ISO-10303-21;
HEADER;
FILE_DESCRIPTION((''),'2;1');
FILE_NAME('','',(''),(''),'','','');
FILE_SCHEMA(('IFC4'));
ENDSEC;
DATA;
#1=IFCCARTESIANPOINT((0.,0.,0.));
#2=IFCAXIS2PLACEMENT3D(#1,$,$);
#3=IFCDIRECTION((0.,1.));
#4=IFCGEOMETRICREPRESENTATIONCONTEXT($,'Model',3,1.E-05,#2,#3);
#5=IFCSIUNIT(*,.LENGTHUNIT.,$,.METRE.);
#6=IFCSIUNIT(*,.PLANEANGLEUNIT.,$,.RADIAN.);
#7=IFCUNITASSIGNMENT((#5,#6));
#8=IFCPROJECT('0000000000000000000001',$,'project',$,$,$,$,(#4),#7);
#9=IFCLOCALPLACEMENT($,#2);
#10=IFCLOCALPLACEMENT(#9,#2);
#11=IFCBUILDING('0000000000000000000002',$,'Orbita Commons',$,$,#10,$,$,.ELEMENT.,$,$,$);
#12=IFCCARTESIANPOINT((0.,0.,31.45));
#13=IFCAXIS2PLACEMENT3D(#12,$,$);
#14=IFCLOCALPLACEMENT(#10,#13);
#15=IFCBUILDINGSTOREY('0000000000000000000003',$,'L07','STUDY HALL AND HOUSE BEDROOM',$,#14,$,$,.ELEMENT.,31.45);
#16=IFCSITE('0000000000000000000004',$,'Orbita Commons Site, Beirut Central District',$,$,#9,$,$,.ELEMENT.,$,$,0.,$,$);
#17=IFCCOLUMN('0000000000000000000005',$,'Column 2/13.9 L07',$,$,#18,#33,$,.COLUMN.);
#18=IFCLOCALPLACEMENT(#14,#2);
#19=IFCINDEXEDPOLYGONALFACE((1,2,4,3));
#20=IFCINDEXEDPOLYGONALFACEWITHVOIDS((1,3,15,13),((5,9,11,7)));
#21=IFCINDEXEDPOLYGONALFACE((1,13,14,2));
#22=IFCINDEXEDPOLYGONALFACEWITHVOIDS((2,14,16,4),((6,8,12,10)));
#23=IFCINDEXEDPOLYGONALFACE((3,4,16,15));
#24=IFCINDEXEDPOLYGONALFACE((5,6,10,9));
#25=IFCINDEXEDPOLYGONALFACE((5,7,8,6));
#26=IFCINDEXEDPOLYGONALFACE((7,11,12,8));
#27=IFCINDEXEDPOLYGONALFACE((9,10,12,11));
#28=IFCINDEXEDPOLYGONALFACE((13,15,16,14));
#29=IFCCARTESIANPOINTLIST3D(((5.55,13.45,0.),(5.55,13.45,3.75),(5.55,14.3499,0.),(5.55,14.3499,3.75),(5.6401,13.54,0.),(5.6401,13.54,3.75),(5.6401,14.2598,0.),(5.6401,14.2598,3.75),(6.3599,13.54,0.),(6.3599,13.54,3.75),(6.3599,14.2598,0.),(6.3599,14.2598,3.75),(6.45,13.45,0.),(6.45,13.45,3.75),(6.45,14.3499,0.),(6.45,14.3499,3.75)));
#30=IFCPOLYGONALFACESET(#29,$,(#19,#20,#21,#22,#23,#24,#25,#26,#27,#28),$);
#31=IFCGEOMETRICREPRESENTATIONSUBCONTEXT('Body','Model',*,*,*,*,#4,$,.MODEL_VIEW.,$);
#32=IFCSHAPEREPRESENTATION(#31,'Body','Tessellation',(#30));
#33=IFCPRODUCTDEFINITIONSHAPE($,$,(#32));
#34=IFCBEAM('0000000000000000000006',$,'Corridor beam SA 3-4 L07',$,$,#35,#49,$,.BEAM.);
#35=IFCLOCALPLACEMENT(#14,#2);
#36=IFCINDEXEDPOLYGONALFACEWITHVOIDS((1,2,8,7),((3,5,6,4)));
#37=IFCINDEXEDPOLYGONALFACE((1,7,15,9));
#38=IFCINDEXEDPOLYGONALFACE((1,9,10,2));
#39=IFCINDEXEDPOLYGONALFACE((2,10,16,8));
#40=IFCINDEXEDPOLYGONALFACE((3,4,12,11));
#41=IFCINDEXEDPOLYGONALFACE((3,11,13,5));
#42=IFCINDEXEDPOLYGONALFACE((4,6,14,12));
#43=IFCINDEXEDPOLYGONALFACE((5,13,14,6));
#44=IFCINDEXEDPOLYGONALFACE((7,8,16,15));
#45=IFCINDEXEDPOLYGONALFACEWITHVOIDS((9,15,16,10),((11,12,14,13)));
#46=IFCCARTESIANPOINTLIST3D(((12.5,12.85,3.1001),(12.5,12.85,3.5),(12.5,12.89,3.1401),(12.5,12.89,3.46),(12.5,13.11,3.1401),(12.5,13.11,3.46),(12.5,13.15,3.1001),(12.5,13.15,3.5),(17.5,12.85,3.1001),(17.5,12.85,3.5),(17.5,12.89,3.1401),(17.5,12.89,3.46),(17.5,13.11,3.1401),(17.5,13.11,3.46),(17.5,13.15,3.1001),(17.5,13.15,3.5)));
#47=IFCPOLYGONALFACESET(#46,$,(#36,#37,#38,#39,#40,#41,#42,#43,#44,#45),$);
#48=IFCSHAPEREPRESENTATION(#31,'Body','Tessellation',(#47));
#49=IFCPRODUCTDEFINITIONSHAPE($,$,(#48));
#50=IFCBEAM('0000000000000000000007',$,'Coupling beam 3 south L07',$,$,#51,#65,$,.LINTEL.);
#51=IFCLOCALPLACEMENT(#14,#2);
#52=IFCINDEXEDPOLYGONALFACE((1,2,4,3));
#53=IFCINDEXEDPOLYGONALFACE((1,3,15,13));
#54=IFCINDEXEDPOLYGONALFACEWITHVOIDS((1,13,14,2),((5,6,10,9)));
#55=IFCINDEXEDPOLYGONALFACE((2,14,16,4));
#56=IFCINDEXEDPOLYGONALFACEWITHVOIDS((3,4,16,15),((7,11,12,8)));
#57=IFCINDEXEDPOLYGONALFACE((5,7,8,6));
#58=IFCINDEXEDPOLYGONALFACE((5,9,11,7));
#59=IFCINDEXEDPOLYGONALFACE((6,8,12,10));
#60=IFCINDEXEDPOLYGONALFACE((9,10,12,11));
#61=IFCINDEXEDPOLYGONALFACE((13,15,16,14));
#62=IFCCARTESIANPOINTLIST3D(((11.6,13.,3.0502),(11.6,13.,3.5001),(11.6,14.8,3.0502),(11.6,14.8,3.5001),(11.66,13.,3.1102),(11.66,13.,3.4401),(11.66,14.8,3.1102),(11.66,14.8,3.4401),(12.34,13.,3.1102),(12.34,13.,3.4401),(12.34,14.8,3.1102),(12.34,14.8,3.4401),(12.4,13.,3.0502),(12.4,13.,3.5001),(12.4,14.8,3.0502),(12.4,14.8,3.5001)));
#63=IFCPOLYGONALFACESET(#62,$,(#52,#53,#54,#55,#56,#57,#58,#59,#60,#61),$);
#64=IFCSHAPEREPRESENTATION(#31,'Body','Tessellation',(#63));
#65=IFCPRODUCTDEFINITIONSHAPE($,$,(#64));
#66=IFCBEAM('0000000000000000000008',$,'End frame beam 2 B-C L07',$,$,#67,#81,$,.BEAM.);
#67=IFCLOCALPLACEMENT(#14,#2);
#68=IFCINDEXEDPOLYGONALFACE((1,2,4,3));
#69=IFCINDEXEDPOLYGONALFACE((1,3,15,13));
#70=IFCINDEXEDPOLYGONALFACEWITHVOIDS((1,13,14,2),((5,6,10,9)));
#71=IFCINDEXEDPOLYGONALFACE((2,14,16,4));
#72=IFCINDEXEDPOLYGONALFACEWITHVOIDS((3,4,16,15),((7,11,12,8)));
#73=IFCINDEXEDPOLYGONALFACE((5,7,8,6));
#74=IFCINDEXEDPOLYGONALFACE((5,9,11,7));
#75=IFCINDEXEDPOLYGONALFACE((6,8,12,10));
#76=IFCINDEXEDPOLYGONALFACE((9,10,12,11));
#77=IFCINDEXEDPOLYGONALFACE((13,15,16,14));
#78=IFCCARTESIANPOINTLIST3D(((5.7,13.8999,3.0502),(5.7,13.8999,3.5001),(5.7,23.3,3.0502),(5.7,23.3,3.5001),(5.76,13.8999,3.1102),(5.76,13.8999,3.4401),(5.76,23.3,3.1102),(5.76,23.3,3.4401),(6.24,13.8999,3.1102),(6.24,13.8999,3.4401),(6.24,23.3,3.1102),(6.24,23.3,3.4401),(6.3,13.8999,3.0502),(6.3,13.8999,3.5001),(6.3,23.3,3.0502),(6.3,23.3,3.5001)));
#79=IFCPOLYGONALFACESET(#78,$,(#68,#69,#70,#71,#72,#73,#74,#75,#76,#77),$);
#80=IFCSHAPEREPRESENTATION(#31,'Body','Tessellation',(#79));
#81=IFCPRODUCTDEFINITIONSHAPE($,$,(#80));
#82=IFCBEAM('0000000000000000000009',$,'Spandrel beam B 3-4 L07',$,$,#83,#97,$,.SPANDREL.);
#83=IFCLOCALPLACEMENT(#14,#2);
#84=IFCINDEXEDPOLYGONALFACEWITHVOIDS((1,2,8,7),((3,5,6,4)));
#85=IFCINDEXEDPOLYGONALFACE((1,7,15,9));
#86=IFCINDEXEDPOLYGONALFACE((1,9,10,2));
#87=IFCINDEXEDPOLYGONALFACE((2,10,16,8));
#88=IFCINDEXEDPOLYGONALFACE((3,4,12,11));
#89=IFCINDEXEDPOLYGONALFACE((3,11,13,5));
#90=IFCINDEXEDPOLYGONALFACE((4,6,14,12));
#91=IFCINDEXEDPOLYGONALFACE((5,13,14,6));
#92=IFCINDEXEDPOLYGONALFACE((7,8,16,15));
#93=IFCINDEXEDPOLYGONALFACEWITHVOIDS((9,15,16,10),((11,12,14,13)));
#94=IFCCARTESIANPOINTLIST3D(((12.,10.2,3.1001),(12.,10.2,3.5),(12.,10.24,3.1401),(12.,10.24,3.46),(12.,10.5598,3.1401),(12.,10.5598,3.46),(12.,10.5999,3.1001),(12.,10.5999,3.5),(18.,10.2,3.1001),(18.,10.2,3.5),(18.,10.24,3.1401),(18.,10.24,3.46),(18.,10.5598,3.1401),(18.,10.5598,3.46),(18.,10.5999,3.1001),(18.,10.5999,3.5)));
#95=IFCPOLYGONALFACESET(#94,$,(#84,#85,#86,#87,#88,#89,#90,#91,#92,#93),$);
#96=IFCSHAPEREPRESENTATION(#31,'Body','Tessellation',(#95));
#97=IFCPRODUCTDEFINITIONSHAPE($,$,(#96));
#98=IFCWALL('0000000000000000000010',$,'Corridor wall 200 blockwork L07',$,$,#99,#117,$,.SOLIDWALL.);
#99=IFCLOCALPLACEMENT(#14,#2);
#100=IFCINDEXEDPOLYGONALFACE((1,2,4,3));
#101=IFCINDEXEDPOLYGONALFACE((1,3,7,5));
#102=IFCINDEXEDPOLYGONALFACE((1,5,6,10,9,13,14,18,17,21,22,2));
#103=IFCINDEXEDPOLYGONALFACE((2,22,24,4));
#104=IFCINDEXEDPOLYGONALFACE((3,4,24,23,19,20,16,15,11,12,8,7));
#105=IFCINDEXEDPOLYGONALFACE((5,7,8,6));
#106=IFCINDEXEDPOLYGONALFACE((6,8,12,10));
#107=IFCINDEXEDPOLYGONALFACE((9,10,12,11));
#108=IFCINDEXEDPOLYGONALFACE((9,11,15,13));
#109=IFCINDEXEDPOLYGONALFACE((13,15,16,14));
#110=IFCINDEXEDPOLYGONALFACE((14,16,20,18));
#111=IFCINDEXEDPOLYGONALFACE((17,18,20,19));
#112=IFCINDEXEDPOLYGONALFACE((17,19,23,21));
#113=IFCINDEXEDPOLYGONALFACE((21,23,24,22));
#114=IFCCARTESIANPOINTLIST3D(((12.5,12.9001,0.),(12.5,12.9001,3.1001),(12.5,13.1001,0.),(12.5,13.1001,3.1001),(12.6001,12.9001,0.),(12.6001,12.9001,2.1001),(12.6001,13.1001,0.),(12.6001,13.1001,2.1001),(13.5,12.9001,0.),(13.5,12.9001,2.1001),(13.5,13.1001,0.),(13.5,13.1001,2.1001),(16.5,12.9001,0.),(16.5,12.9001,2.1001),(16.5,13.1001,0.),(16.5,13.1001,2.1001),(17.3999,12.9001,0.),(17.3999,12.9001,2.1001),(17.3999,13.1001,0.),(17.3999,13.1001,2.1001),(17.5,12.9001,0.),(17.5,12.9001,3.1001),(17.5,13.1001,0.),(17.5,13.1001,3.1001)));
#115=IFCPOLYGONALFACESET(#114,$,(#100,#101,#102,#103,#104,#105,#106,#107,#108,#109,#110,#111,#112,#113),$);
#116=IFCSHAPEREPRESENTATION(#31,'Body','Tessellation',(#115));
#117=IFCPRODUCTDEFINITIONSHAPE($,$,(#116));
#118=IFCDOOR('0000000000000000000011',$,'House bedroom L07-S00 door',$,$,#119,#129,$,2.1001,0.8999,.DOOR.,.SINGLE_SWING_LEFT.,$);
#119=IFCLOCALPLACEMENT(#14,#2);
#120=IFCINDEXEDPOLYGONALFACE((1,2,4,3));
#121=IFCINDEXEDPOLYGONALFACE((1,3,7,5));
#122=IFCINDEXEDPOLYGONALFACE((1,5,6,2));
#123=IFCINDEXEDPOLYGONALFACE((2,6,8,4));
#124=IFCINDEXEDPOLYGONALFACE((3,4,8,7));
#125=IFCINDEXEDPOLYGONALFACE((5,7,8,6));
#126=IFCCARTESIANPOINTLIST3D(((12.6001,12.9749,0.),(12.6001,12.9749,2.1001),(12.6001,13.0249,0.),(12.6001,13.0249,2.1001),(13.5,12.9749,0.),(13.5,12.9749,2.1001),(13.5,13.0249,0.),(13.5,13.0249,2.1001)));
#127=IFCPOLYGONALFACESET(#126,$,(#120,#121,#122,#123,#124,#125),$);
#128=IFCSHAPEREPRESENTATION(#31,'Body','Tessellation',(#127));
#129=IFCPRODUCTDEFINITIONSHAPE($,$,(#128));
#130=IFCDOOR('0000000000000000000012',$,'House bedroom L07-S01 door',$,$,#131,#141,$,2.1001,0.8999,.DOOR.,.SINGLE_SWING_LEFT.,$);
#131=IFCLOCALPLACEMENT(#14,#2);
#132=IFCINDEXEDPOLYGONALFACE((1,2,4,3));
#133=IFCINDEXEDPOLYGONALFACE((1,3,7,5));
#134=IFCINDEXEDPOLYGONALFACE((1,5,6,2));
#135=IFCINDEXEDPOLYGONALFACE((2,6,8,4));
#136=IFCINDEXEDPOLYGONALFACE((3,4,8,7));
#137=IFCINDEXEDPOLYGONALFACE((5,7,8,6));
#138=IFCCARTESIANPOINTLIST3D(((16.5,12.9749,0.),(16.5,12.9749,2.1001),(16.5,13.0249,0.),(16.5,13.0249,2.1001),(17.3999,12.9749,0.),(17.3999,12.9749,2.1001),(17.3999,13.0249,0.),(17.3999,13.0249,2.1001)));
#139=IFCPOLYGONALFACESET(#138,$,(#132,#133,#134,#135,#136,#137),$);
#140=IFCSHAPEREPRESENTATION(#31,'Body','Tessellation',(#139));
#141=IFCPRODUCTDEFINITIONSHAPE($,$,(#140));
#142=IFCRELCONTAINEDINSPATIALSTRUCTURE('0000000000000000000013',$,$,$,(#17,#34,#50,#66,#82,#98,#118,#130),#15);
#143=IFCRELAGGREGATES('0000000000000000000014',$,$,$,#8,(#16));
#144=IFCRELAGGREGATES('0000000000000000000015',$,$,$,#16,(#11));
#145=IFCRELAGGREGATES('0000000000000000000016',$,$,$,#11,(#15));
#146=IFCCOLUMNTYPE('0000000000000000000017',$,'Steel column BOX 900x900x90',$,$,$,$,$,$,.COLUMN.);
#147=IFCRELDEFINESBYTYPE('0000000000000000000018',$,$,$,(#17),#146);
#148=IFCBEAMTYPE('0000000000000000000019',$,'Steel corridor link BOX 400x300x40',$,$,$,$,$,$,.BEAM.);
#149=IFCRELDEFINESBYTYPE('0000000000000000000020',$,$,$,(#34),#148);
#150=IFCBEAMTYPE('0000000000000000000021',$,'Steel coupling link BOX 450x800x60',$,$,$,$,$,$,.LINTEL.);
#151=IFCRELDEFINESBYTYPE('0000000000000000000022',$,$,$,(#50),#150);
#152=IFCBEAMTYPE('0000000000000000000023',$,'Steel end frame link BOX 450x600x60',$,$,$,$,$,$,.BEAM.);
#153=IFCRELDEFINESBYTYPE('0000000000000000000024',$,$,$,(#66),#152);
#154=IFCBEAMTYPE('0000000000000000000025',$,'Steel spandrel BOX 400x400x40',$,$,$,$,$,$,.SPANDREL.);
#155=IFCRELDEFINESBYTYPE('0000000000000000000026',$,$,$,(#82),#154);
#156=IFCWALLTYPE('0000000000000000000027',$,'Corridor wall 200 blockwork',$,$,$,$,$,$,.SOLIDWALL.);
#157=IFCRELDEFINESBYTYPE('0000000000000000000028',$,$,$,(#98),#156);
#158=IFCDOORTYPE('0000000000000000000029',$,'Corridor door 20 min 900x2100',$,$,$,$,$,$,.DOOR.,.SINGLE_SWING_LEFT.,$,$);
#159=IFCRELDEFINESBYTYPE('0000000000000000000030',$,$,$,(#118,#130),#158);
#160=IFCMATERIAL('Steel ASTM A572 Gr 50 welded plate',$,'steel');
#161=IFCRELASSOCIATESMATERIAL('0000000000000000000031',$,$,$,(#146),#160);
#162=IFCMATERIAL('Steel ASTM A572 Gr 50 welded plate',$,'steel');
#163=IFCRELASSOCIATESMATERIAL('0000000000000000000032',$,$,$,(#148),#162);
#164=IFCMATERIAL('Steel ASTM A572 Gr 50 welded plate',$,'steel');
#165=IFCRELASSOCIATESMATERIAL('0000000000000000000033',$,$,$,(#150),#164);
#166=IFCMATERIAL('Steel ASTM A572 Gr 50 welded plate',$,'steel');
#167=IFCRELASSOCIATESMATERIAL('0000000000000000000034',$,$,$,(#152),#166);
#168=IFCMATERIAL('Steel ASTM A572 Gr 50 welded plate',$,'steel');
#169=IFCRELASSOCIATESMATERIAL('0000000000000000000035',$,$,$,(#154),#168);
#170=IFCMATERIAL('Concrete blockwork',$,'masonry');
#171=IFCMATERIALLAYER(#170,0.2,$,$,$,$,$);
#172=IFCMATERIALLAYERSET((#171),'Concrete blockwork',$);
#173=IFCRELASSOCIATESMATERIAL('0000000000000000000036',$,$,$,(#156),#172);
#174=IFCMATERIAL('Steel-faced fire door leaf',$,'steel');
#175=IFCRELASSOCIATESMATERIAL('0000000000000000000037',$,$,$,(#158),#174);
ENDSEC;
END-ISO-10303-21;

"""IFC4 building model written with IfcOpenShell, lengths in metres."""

from ifc_helpers import new_model, si_unit, direction, frame, frame_2d, origin, origin_2d, place, context, subcontext, project, spatial, polyline, rectangle, hollow_rectangle, outline, extrude, material, layer, layer_set, material_profile, profile_set, type_object, element, fill, save


model = new_model("IFC4")

# Units and contexts
model_context = context("Model", 3, precision=1e-05, world=origin(), true_north=direction((0.0, 1.0)))
body_context = subcontext(model_context, "Body", "Model", "MODEL_VIEW")
ifc_project = project(units=[si_unit("LENGTHUNIT", "METRE"), si_unit("PLANEANGLEUNIT", "RADIAN")], contexts=[model_context])

# Site, building, storey
site_placement = place(None, origin())
site = spatial("IfcSite", under=ifc_project, at=site_placement, Name="Orbita Commons Site, Beirut Central District", CompositionType="ELEMENT", RefElevation=0.0)
building_placement = place(site_placement, origin())
building = spatial("IfcBuilding", under=site, at=building_placement, Name="Orbita Commons", CompositionType="ELEMENT")
storey_placement = place(building_placement, frame((0.0, 0.0, 31.45)))
storey = spatial("IfcBuildingStorey", under=building, at=storey_placement, Name="L07", Description="STUDY HALL AND HOUSE BEDROOM", CompositionType="ELEMENT", Elevation=31.45)

# Column
ifc_material_1 = material(Name="Steel ASTM A572 Gr 50 welded plate", Category="steel")
ifc_material_profile_1 = material_profile(ifc_material_1, hollow_rectangle(XDim=0.8999, YDim=0.8999, WallThickness=0.0901, at=origin_2d()), Name="BOX 900x900x90")
ifc_profile_set_1 = profile_set([ifc_material_profile_1], Name="Steel ASTM A572 Gr 50 welded plate")
column_type = type_object("IfcColumnType", Name="Steel column BOX 900x900x90", PredefinedType="COLUMN", material=ifc_profile_set_1)
column_placement = place(storey_placement, frame((6.0, 13.8999, 0.0), z_axis=(0.0, 0.0, 1.0), x_axis=(1.0, 0.0, 0.0)))
element("IfcColumn", 1, at=column_placement, inside=storey, type_object=column_type, Name="Column 2/13.9 L07", PredefinedType="COLUMN", context=body_context, shape_type="SweptSolid", body=[
    extrude(hollow_rectangle(XDim=0.8999, YDim=0.8999, WallThickness=0.0901, at=origin_2d()), origin(), (0.0, 0.0, 1.0), 3.75),
])

# Beams
ifc_material_2 = material(Name="Steel ASTM A572 Gr 50 welded plate", Category="steel")
ifc_material_profile_2 = material_profile(ifc_material_2, hollow_rectangle(XDim=0.3, YDim=0.3999, WallThickness=0.04, at=origin_2d()), Name="BOX 400x300x40")
ifc_profile_set_2 = profile_set([ifc_material_profile_2], Name="Steel ASTM A572 Gr 50 welded plate")
beam_type_1 = type_object("IfcBeamType", Name="Steel corridor link BOX 400x300x40", PredefinedType="BEAM", material=ifc_profile_set_2)
beam_1_placement = place(storey_placement, frame((12.5, 13.0, 3.3), z_axis=(1.0, 0.0, 0.0), x_axis=(0.0, 1.0, 0.0)))
element("IfcBeam", 2, at=beam_1_placement, inside=storey, type_object=beam_type_1, Name="Corridor beam SA 3-4 L07", PredefinedType="BEAM", context=body_context, shape_type="SweptSolid", body=[
    extrude(hollow_rectangle(XDim=0.3, YDim=0.3999, WallThickness=0.04, at=origin_2d()), origin(), (0.0, 0.0, 1.0), 5.0),
])
ifc_material_3 = material(Name="Steel ASTM A572 Gr 50 welded plate", Category="steel")
ifc_material_profile_3 = material_profile(ifc_material_3, hollow_rectangle(XDim=0.8, YDim=0.45, WallThickness=0.0601, at=origin_2d()), Name="BOX 450x800x60")
ifc_profile_set_3 = profile_set([ifc_material_profile_3], Name="Steel ASTM A572 Gr 50 welded plate")
beam_type_2 = type_object("IfcBeamType", Name="Steel coupling link BOX 450x800x60", PredefinedType="LINTEL", material=ifc_profile_set_3)
beam_2_placement = place(storey_placement, frame((12.0, 13.0, 3.2751), z_axis=(0.0, 1.0, 0.0), x_axis=(-1.0, 0.0, 0.0)))
element("IfcBeam", 3, at=beam_2_placement, inside=storey, type_object=beam_type_2, Name="Coupling beam 3 south L07", PredefinedType="LINTEL", context=body_context, shape_type="SweptSolid", body=[
    extrude(hollow_rectangle(XDim=0.8, YDim=0.45, WallThickness=0.0601, at=origin_2d()), origin(), (0.0, 0.0, 1.0), 1.8),
])
ifc_material_4 = material(Name="Steel ASTM A572 Gr 50 welded plate", Category="steel")
ifc_material_profile_4 = material_profile(ifc_material_4, hollow_rectangle(XDim=0.6001, YDim=0.45, WallThickness=0.0601, at=origin_2d()), Name="BOX 450x600x60")
ifc_profile_set_4 = profile_set([ifc_material_profile_4], Name="Steel ASTM A572 Gr 50 welded plate")
beam_type_3 = type_object("IfcBeamType", Name="Steel end frame link BOX 450x600x60", PredefinedType="BEAM", material=ifc_profile_set_4)
beam_3_placement = place(storey_placement, frame((6.0, 13.8999, 3.2751), z_axis=(0.0, 1.0, 0.0), x_axis=(-1.0, 0.0, 0.0)))
element("IfcBeam", 4, at=beam_3_placement, inside=storey, type_object=beam_type_3, Name="End frame beam 2 B-C L07", PredefinedType="BEAM", context=body_context, shape_type="SweptSolid", body=[
    extrude(hollow_rectangle(XDim=0.6001, YDim=0.45, WallThickness=0.0601, at=origin_2d()), origin(), (0.0, 0.0, 1.0), 9.4001),
])
ifc_material_5 = material(Name="Steel ASTM A572 Gr 50 welded plate", Category="steel")
ifc_material_profile_5 = material_profile(ifc_material_5, hollow_rectangle(XDim=0.3999, YDim=0.3999, WallThickness=0.04, at=origin_2d()), Name="BOX 400x400x40")
ifc_profile_set_5 = profile_set([ifc_material_profile_5], Name="Steel ASTM A572 Gr 50 welded plate")
beam_type_4 = type_object("IfcBeamType", Name="Steel spandrel BOX 400x400x40", PredefinedType="SPANDREL", material=ifc_profile_set_5)
beam_4_placement = place(storey_placement, frame((12.0, 10.3999, 3.3), z_axis=(1.0, 0.0, 0.0), x_axis=(0.0, 1.0, 0.0)))
element("IfcBeam", 5, at=beam_4_placement, inside=storey, type_object=beam_type_4, Name="Spandrel beam B 3-4 L07", PredefinedType="SPANDREL", context=body_context, shape_type="SweptSolid", body=[
    extrude(hollow_rectangle(XDim=0.3999, YDim=0.3999, WallThickness=0.04, at=origin_2d()), origin(), (0.0, 0.0, 1.0), 6.0),
])

# Wall, openings, doors
ifc_material_6 = material(Name="Concrete blockwork", Category="masonry")
ifc_layer_1 = layer(ifc_material_6, 0.2)
ifc_layer_set_1 = layer_set([ifc_layer_1], Name="Concrete blockwork")
wall_type_1 = type_object("IfcWallType", Name="Corridor wall 200 blockwork", PredefinedType="SOLIDWALL", material=ifc_layer_set_1)
wall_1_placement = place(storey_placement, frame((12.5, 13.0, 0.0), z_axis=(0.0, 0.0, 1.0), x_axis=(1.0, 0.0, 0.0)))
wall_1 = element("IfcWall", 6, at=wall_1_placement, inside=storey, type_object=wall_type_1, Name="Corridor wall 200 blockwork L07", PredefinedType="SOLIDWALL", context=body_context, shape_type="SweptSolid", body=[
    extrude(outline(polyline([(0.0, 0.0), (5.0, 0.0), (5.0, 3.1001), (0.0, 3.1001), (0.0, 0.0)])), frame((0.0, 0.1001, 0.0), z_axis=(0.0, -1.0, 0.0), x_axis=(1.0, 0.0, 0.0)), (0.0, 0.0, 1.0), 0.2),
])
opening_1_placement = place(wall_1_placement, frame((0.1001, 0.0, 0.0)))
opening_1 = element("IfcOpeningElement", 7, at=opening_1_placement, cuts=wall_1, PredefinedType="OPENING", context=body_context, shape_type="SweptSolid", body=[
    extrude(rectangle(XDim=0.8999, YDim=2.1001, at=frame_2d((0.45, 1.05))), frame((0.0, 0.1099, 0.0), z_axis=(0.0, -1.0, 0.0), x_axis=(1.0, 0.0, 0.0)), (0.0, 0.0, 1.0), 0.22),
])
opening_2_placement = place(wall_1_placement, frame((4.0, 0.0, 0.0)))
opening_2 = element("IfcOpeningElement", 8, at=opening_2_placement, cuts=wall_1, PredefinedType="OPENING", context=body_context, shape_type="SweptSolid", body=[
    extrude(rectangle(XDim=0.8999, YDim=2.1001, at=frame_2d((0.45, 1.05))), frame((0.0, 0.1099, 0.0), z_axis=(0.0, -1.0, 0.0), x_axis=(1.0, 0.0, 0.0)), (0.0, 0.0, 1.0), 0.22),
])
ifc_material_7 = material(Name="Steel-faced fire door leaf", Category="steel")
door_type_1 = type_object("IfcDoorType", Name="Corridor door 20 min 900x2100", OperationType="SINGLE_SWING_LEFT", PredefinedType="DOOR", material=ifc_material_7)
door_1_placement = place(opening_1_placement, origin())
door_1 = element("IfcDoor", 9, at=door_1_placement, inside=storey, type_object=door_type_1, Name="House bedroom L07-S00 door", OperationType="SINGLE_SWING_LEFT", OverallHeight=2.1001, OverallWidth=0.8999, PredefinedType="DOOR", context=body_context, shape_type="SweptSolid", body=[
    extrude(rectangle(XDim=0.8999, YDim=2.1001, at=frame_2d((0.45, 1.05))), frame((0.0, 0.0249, 0.0), z_axis=(0.0, -1.0, 0.0), x_axis=(1.0, 0.0, 0.0)), (0.0, 0.0, 1.0), 0.05),
])
fill(opening_1, door_1)
door_2_placement = place(opening_2_placement, origin())
door_2 = element("IfcDoor", 10, at=door_2_placement, inside=storey, type_object=door_type_1, Name="House bedroom L07-S01 door", OperationType="SINGLE_SWING_LEFT", OverallHeight=2.1001, OverallWidth=0.8999, PredefinedType="DOOR", context=body_context, shape_type="SweptSolid", body=[
    extrude(rectangle(XDim=0.8999, YDim=2.1001, at=frame_2d((0.45, 1.05))), frame((0.0, 0.0249, 0.0), z_axis=(0.0, -1.0, 0.0), x_axis=(1.0, 0.0, 0.0)), (0.0, 0.0, 1.0), 0.05),
])
fill(opening_2, door_2)

save(model, "model.ifc")
